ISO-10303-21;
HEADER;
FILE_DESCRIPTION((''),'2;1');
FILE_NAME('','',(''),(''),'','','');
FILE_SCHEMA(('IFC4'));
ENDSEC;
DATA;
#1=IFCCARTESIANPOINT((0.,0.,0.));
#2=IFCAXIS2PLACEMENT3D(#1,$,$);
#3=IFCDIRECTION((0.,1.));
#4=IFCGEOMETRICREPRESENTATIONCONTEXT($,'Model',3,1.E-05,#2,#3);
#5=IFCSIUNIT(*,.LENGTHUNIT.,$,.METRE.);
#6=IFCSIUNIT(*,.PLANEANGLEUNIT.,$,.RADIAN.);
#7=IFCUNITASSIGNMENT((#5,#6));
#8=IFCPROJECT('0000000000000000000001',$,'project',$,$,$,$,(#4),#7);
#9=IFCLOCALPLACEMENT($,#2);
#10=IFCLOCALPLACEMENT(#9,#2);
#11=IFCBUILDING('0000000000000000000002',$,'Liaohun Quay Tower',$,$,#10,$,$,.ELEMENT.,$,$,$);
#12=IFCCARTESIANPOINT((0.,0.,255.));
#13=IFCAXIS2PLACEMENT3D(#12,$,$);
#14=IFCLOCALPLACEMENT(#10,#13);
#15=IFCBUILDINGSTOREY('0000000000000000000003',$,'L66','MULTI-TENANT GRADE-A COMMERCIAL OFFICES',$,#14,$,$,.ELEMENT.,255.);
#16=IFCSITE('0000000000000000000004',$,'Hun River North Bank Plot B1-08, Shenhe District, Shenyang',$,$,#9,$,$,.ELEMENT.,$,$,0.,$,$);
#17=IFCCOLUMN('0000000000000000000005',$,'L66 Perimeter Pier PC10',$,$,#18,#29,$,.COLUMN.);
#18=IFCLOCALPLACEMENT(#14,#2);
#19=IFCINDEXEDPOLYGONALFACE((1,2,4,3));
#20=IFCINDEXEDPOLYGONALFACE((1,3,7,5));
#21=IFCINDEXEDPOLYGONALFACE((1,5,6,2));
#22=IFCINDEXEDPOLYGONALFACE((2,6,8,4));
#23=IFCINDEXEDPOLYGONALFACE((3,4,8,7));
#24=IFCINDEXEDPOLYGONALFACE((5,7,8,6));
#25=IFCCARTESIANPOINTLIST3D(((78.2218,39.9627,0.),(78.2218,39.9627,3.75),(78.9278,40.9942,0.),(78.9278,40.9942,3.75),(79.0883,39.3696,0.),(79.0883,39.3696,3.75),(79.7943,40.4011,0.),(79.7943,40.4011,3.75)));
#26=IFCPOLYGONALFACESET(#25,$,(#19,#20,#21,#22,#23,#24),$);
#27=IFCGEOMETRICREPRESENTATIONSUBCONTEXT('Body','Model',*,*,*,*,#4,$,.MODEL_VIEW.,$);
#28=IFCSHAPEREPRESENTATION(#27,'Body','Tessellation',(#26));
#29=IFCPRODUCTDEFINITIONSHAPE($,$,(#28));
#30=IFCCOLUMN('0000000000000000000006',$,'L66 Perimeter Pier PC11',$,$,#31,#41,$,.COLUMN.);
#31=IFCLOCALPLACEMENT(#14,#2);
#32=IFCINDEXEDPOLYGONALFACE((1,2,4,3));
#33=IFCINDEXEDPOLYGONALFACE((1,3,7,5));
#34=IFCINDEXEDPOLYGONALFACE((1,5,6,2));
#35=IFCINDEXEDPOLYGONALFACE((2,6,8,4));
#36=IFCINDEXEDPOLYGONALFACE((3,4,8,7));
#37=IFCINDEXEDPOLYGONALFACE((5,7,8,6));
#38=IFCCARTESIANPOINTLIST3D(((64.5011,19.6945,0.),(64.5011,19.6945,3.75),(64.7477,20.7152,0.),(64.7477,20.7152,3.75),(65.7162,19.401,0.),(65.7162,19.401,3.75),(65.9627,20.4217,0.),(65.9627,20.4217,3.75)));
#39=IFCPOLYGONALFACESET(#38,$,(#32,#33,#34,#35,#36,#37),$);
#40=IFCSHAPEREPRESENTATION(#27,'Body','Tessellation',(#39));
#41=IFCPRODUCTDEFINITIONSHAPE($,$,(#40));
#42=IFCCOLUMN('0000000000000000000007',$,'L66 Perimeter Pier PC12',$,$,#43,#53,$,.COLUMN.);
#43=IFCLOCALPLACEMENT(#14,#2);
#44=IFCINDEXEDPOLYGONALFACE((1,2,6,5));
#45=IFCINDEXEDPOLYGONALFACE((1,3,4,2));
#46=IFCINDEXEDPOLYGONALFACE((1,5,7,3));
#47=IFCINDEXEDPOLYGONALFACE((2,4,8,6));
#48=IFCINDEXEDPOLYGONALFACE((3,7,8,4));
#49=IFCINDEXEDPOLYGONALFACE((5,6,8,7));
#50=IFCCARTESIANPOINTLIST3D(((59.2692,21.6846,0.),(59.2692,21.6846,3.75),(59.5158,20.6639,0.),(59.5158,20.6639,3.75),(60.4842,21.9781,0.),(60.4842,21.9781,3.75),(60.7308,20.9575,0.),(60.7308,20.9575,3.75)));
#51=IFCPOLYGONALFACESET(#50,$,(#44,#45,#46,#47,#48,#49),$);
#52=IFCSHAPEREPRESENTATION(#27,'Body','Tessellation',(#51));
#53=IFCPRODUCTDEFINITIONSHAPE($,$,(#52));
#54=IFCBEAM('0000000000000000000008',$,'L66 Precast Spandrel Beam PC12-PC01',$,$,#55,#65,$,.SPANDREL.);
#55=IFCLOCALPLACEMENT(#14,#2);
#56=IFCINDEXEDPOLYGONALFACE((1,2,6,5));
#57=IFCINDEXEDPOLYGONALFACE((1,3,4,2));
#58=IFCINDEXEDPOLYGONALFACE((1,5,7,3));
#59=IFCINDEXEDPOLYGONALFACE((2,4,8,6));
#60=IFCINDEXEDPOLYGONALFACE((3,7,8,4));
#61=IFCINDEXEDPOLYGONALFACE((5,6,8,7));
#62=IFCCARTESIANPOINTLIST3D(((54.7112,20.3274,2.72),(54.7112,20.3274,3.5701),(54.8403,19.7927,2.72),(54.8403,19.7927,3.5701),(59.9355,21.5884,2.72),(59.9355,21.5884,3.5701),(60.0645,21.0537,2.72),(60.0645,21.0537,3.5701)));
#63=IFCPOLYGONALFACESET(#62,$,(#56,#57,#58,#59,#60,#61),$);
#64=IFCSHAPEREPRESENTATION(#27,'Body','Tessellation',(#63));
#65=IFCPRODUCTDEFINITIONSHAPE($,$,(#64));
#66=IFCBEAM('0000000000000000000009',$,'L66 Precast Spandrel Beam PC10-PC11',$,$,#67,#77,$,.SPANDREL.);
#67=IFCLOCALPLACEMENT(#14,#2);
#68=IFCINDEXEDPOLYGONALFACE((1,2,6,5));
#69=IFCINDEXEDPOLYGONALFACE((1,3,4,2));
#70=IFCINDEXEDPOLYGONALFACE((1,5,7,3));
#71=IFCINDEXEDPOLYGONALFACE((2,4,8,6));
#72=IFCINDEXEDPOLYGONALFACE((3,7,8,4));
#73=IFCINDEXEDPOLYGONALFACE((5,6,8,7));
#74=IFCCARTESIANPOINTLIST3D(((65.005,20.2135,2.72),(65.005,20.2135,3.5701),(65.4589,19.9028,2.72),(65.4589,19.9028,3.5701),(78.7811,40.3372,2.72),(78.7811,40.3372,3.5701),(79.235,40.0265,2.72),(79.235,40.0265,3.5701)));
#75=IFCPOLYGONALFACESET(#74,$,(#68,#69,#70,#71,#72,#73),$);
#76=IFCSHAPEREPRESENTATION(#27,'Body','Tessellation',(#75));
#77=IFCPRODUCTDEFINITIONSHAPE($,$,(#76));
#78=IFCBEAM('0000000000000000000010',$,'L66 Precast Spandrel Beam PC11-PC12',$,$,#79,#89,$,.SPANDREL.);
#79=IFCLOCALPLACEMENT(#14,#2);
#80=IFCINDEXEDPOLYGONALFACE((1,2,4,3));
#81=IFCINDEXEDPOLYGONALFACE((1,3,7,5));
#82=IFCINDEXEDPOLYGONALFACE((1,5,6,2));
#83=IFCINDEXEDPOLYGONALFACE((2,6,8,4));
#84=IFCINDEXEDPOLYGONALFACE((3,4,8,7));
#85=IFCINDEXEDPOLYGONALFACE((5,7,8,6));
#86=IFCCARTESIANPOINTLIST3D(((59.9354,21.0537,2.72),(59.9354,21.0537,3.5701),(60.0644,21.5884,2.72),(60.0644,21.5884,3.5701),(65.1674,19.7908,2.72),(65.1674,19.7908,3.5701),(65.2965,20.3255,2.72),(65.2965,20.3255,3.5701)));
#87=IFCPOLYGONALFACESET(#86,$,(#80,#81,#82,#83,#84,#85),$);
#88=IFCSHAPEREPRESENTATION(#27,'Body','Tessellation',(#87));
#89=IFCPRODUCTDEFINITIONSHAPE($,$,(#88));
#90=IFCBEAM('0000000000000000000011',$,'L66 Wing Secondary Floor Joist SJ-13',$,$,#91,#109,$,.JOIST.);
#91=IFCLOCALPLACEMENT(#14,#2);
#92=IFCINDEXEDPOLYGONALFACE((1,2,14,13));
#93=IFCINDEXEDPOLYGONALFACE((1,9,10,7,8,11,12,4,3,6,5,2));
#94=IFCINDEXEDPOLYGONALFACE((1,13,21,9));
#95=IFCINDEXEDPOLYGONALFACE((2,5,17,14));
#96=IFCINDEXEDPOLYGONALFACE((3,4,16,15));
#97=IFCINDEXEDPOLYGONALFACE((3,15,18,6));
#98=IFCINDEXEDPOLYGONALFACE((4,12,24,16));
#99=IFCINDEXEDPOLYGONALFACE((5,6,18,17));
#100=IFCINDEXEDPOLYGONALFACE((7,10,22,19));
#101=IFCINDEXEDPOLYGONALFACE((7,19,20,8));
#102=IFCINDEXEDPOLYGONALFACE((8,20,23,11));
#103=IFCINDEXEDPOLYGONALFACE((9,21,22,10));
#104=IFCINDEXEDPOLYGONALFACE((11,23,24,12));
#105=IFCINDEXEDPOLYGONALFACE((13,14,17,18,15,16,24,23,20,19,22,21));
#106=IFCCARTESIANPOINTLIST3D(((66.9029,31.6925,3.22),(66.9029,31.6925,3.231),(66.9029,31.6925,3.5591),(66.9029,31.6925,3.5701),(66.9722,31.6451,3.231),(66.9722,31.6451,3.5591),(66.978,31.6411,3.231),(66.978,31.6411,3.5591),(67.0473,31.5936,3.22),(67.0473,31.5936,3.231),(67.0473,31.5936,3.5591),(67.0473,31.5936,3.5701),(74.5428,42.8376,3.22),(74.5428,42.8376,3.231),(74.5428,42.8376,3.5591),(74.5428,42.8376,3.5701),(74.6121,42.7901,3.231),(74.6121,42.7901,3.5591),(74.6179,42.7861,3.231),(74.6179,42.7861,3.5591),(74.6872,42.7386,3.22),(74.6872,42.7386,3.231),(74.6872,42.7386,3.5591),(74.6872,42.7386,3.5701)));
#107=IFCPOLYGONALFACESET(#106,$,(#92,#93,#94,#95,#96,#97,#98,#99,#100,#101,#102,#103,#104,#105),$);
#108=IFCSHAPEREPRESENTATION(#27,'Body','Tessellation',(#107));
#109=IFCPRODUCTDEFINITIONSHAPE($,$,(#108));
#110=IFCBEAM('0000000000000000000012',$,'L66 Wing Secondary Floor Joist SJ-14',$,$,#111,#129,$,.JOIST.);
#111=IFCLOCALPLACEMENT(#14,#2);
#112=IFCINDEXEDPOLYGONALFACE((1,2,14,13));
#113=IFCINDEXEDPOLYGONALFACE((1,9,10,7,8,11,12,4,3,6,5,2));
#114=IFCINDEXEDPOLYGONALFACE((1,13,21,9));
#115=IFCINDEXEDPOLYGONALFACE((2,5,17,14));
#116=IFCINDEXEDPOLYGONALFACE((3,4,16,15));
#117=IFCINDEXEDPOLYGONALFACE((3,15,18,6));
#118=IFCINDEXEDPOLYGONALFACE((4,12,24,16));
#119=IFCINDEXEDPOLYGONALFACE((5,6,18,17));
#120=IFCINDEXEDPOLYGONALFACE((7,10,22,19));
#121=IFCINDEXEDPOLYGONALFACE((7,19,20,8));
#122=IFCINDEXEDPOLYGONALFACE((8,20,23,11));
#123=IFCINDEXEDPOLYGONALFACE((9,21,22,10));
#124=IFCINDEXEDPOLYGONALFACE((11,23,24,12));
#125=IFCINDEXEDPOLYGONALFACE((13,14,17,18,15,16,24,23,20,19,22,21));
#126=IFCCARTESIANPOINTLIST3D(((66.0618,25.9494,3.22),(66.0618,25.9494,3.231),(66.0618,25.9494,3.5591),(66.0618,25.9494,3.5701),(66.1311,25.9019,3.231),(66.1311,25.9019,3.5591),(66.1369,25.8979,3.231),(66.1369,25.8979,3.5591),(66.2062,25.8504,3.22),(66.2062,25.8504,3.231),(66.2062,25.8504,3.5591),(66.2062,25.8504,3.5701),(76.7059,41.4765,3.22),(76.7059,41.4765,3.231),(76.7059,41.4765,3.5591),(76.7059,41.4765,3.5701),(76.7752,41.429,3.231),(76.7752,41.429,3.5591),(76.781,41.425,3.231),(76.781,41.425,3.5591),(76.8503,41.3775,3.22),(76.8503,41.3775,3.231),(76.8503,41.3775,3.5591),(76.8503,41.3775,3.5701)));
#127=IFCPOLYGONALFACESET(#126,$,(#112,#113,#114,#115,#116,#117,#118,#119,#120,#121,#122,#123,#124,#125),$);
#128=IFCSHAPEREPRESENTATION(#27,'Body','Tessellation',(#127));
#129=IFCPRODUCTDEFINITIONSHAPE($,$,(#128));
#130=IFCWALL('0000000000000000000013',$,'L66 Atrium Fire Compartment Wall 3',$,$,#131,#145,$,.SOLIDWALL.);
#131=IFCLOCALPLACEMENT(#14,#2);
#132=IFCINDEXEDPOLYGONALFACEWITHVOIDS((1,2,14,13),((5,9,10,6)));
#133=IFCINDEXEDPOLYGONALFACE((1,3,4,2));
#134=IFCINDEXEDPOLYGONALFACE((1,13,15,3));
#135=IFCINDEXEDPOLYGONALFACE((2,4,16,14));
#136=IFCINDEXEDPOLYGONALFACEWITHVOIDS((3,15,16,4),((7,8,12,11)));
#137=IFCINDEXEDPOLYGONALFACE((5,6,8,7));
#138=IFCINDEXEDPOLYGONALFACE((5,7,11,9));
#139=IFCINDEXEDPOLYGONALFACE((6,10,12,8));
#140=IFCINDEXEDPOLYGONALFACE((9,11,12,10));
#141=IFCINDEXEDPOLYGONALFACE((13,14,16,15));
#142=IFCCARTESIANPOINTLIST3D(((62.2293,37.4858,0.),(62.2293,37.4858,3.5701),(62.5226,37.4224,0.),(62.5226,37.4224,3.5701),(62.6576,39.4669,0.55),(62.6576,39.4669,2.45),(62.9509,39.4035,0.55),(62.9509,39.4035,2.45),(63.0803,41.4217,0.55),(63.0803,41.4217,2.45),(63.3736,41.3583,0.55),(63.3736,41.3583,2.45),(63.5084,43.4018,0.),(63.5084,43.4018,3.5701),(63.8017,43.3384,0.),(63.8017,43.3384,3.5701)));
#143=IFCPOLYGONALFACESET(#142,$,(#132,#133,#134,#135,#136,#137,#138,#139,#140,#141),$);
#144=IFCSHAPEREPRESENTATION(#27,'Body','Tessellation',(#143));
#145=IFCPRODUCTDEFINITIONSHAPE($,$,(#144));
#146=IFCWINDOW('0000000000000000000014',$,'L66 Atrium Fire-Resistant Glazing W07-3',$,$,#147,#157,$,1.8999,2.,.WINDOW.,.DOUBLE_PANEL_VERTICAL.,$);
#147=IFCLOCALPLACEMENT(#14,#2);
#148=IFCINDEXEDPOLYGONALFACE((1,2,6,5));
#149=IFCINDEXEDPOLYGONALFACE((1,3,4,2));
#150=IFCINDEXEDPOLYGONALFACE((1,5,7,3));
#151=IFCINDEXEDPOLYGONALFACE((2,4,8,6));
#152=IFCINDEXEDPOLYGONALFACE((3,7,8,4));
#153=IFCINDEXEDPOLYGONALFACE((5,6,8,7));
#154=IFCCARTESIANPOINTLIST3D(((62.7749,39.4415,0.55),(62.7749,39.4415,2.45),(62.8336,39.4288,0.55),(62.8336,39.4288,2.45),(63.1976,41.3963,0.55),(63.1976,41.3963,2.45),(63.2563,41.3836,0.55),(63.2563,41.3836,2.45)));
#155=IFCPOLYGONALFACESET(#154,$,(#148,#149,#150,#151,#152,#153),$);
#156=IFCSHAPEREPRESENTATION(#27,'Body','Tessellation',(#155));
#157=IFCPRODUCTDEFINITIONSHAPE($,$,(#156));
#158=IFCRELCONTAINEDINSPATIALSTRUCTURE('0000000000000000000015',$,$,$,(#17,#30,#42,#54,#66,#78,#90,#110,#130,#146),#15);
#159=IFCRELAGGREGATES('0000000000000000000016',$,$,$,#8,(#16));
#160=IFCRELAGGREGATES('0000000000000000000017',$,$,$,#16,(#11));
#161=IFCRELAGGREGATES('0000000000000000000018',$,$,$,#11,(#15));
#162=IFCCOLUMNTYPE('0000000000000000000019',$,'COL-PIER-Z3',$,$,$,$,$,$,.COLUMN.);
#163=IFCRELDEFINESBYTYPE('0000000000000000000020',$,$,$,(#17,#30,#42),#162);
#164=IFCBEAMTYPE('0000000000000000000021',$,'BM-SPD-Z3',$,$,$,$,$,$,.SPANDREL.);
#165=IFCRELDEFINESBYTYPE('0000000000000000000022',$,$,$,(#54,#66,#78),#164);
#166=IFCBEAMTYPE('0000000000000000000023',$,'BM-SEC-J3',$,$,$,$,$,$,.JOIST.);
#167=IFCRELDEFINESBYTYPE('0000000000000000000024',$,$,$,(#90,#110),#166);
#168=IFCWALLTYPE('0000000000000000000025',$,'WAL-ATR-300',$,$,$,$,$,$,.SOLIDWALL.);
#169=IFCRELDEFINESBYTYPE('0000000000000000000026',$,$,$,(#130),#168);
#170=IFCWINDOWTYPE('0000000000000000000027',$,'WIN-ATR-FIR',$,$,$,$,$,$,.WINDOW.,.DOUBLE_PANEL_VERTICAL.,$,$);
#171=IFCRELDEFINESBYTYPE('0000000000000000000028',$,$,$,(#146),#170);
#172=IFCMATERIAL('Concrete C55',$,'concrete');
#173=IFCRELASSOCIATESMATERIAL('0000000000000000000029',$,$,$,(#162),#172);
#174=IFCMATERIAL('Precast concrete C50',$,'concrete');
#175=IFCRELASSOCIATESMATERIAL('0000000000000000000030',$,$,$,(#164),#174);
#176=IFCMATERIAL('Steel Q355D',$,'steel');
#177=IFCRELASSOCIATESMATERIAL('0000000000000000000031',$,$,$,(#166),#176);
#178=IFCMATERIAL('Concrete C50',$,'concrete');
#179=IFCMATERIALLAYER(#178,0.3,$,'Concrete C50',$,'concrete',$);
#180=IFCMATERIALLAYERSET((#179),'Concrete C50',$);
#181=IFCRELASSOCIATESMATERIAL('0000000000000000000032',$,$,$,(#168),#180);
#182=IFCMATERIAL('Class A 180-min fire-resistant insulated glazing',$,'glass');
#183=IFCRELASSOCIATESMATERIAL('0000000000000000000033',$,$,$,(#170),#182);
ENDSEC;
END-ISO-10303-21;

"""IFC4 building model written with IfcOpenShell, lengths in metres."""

from ifc_helpers import new_model, si_unit, direction, frame, frame_2d, origin, origin_2d, place, context, subcontext, project, spatial, rectangle, i_section, extrude, source, transform, mapped, material, layer, layer_set, material_profile, profile_set, type_object, element, fill, save


model = new_model("IFC4")

# Units and contexts
model_context = context("Model", 3, precision=1e-05, world=origin(), true_north=direction((0.0, 1.0)))
body_context = subcontext(model_context, "Body", "Model", "MODEL_VIEW")
ifc_project = project(units=[si_unit("LENGTHUNIT", "METRE"), si_unit("PLANEANGLEUNIT", "RADIAN")], contexts=[model_context])

# Site, building, storey
site_placement = place(None, origin())
site = spatial("IfcSite", under=ifc_project, at=site_placement, Name="Hun River North Bank Plot B1-08, Shenhe District, Shenyang", CompositionType="ELEMENT", RefElevation=0.0)
building_placement = place(site_placement, origin())
building = spatial("IfcBuilding", under=site, at=building_placement, Name="Liaohun Quay Tower", CompositionType="ELEMENT")
storey_placement = place(building_placement, frame((0.0, 0.0, 255.0)))
storey = spatial("IfcBuildingStorey", under=building, at=storey_placement, Name="L66", Description="MULTI-TENANT GRADE-A COMMERCIAL OFFICES", CompositionType="ELEMENT", Elevation=255.0)

# Columns
ifc_material_1 = material(Name="Concrete C55", Category="concrete")
ifc_material_profile_1 = material_profile(ifc_material_1, rectangle(XDim=1.25, YDim=1.05, at=origin_2d()), Name="RC1250x1050")
ifc_profile_set_1 = profile_set([ifc_material_profile_1], Name="Concrete C55")
column_type = type_object("IfcColumnType", Name="COL-PIER-Z3", PredefinedType="COLUMN", material=ifc_profile_set_1)
shared_shape_1 = source(origin(), body_context, "Body", "SweptSolid", [
    extrude(rectangle(XDim=1.25, YDim=1.05, at=origin_2d()), origin(), (0.0, 0.0, 1.0), 3.75),
])
for number, where, z_axis, x_axis, name in (
    (1, (79.0081, 40.1819, 0.0), (0.0, 0.0, 1.0), (0.564823, 0.825212, 0.0), "L66 Perimeter Pier PC10"),
    (2, (65.2319, 20.0581, 0.0), (0.0, 0.0, 1.0), (-0.972043, 0.234803, 0.0), "L66 Perimeter Pier PC11"),
    (3, (60.0, 21.321, 0.0), (0.0, 0.0, 1.0), (0.972043, 0.234803, 0.0), "L66 Perimeter Pier PC12"),
):
    element("IfcColumn", number, at=place(storey_placement, frame(where, z_axis=z_axis, x_axis=x_axis)), inside=storey, type_object=column_type, Name=name, PredefinedType="COLUMN", context=body_context, shape_type="MappedRepresentation", body=[
        mapped(shared_shape_1, transform((0.0, 0.0, 0.0), x_axis=(1.0, 0.0, 0.0), y_axis=(0.0, 1.0, 0.0), z_axis=(0.0, 0.0, 1.0), scale=1.0)),
    ])

# Beams
ifc_material_2 = material(Name="Precast concrete C50", Category="concrete")
ifc_material_profile_2 = material_profile(ifc_material_2, rectangle(XDim=0.55, YDim=0.8501, at=origin_2d()), Name="RC550x850")
ifc_profile_set_2 = profile_set([ifc_material_profile_2], Name="Precast concrete C50")
beam_type_1 = type_object("IfcBeamType", Name="BM-SPD-Z3", PredefinedType="SPANDREL", material=ifc_profile_set_2)
shared_shape_2 = source(origin(), body_context, "Body", "SweptSolid", [
    extrude(rectangle(XDim=0.55, YDim=0.8501, at=origin_2d()), origin(), (0.0, 0.0, 1.0), 5.3743),
])
beam_1_placement = place(storey_placement, frame((60.0, 21.321, 3.145), z_axis=(-0.972083, -0.234639, 0.0), x_axis=(0.234639, -0.972083, 0.0)))
element("IfcBeam", 4, at=beam_1_placement, inside=storey, type_object=beam_type_1, Name="L66 Precast Spandrel Beam PC12-PC01", PredefinedType="SPANDREL", context=body_context, shape_type="MappedRepresentation", body=[
    mapped(shared_shape_2, transform((0.0, 0.0, 0.0), x_axis=(1.0, 0.0, 0.0), y_axis=(0.0, 1.0, 0.0), z_axis=(0.0, 0.0, 1.0), scale=1.0)),
])
shared_shape_3 = source(origin(), body_context, "Body", "SweptSolid", [
    extrude(rectangle(XDim=0.55, YDim=0.8501, at=origin_2d()), origin(), (0.0, 0.0, 1.0), 24.3875),
])
beam_2_placement = place(storey_placement, frame((79.0081, 40.1819, 3.145), z_axis=(-0.564886, -0.825169, 0.0), x_axis=(0.825169, -0.564886, 0.0)))
element("IfcBeam", 5, at=beam_2_placement, inside=storey, type_object=beam_type_1, Name="L66 Precast Spandrel Beam PC10-PC11", PredefinedType="SPANDREL", context=body_context, shape_type="MappedRepresentation", body=[
    mapped(shared_shape_3, transform((0.0, 0.0, 0.0), x_axis=(1.0, 0.0, 0.0), y_axis=(0.0, 1.0, 0.0), z_axis=(0.0, 0.0, 1.0), scale=1.0)),
])
shared_shape_4 = source(origin(), body_context, "Body", "SweptSolid", [
    extrude(rectangle(XDim=0.55, YDim=0.8501, at=origin_2d()), origin(), (0.0, 0.0, 1.0), 5.3823),
])
beam_3_placement = place(storey_placement, frame((65.2319, 20.0581, 3.145), z_axis=(-0.97208, 0.234651, 0.0), x_axis=(-0.234651, -0.97208, 0.0)))
element("IfcBeam", 6, at=beam_3_placement, inside=storey, type_object=beam_type_1, Name="L66 Precast Spandrel Beam PC11-PC12", PredefinedType="SPANDREL", context=body_context, shape_type="MappedRepresentation", body=[
    mapped(shared_shape_4, transform((0.0, 0.0, 0.0), x_axis=(1.0, 0.0, 0.0), y_axis=(0.0, 1.0, 0.0), z_axis=(0.0, 0.0, 1.0), scale=1.0)),
])
ifc_material_3 = material(Name="Steel Q355D", Category="steel")
ifc_material_profile_3 = material_profile(ifc_material_3, i_section(OverallWidth=0.175, OverallDepth=0.3501, WebThickness=0.0071, FlangeThickness=0.011, at=origin_2d()), Name="HN350x175x7x11")
ifc_profile_set_3 = profile_set([ifc_material_profile_3], Name="Steel Q355D")
beam_type_2 = type_object("IfcBeamType", Name="BM-SEC-J3", PredefinedType="JOIST", material=ifc_profile_set_3)
shared_shape_5 = source(origin(), body_context, "Body", "SweptSolid", [
    extrude(i_section(OverallWidth=0.175, OverallDepth=0.3501, WebThickness=0.0071, FlangeThickness=0.011, at=origin_2d()), origin(), (0.0, 0.0, 1.0), 13.5122),
])
beam_4_placement = place(storey_placement, frame((74.615, 42.7881, 3.395), z_axis=(-0.565407, -0.824812, 0.0), x_axis=(0.824812, -0.565407, 0.0)))
element("IfcBeam", 7, at=beam_4_placement, inside=storey, type_object=beam_type_2, Name="L66 Wing Secondary Floor Joist SJ-13", PredefinedType="JOIST", context=body_context, shape_type="MappedRepresentation", body=[
    mapped(shared_shape_5, transform((0.0, 0.0, 0.0), x_axis=(1.0, 0.0, 0.0), y_axis=(0.0, 1.0, 0.0), z_axis=(0.0, 0.0, 1.0), scale=1.0)),
])
shared_shape_6 = source(origin(), body_context, "Body", "SweptSolid", [
    extrude(i_section(OverallWidth=0.175, OverallDepth=0.3501, WebThickness=0.0071, FlangeThickness=0.011, at=origin_2d()), origin(), (0.0, 0.0, 1.0), 18.8252),
])
beam_5_placement = place(storey_placement, frame((76.7781, 41.427, 3.395), z_axis=(-0.565416, -0.824806, 0.0), x_axis=(0.824806, -0.565416, 0.0)))
element("IfcBeam", 8, at=beam_5_placement, inside=storey, type_object=beam_type_2, Name="L66 Wing Secondary Floor Joist SJ-14", PredefinedType="JOIST", context=body_context, shape_type="MappedRepresentation", body=[
    mapped(shared_shape_6, transform((0.0, 0.0, 0.0), x_axis=(1.0, 0.0, 0.0), y_axis=(0.0, 1.0, 0.0), z_axis=(0.0, 0.0, 1.0), scale=1.0)),
])

# Wall, opening, window
ifc_material_4 = material(Name="Concrete C50", Category="concrete")
ifc_layer_1 = layer(ifc_material_4, 0.3, Name="Concrete C50", Category="concrete")
ifc_layer_set_1 = layer_set([ifc_layer_1], Name="Concrete C50")
wall_type_1 = type_object("IfcWallType", Name="WAL-ATR-300", PredefinedType="SOLIDWALL", material=ifc_layer_set_1)
wall_1_placement = place(storey_placement, frame((63.655, 43.3701, 0.0), z_axis=(0.0, 0.0, 1.0), x_axis=(-0.211319, -0.977417, 0.0)))
wall_1 = element("IfcWall", 9, at=wall_1_placement, inside=storey, type_object=wall_type_1, Name="L66 Atrium Fire Compartment Wall 3", PredefinedType="SOLIDWALL", context=body_context, shape_type="SweptSolid", body=[
    extrude(rectangle(XDim=6.0527, YDim=0.3, at=frame_2d((3.0264, 0.0))), origin(), (0.0, 0.0, 1.0), 3.5701),
])
shared_shape_7 = source(origin(), body_context, "Body", "SweptSolid", [
    extrude(rectangle(XDim=2.0, YDim=1.8999, at=frame_2d((1.0, 0.95))), frame((0.0, 0.1599, 0.0), z_axis=(0.0, -1.0, 0.0), x_axis=(1.0, 0.0, 0.0)), (0.0, 0.0, 1.0), 0.3201),
])
opening_1_placement = place(wall_1_placement, frame((2.0259, 0.0, 0.55)))
opening_1 = element("IfcOpeningElement", 10, at=opening_1_placement, cuts=wall_1, PredefinedType="OPENING", context=body_context, shape_type="MappedRepresentation", body=[
    mapped(shared_shape_7, transform((0.0, 0.0, 0.0), x_axis=(1.0, 0.0, 0.0), y_axis=(0.0, 1.0, 0.0), z_axis=(0.0, 0.0, 1.0), scale=1.0)),
])
ifc_material_5 = material(Name="Class A 180-min fire-resistant insulated glazing", Category="glass")
window_type_1 = type_object("IfcWindowType", Name="WIN-ATR-FIR", PartitioningType="DOUBLE_PANEL_VERTICAL", PredefinedType="WINDOW", material=ifc_material_5)
shared_shape_8 = source(origin(), body_context, "Body", "SweptSolid", [
    extrude(rectangle(XDim=2.0, YDim=1.8999, at=frame_2d((1.0, 0.95))), frame((0.0, 0.03, 0.0), z_axis=(0.0, -1.0, 0.0), x_axis=(1.0, 0.0, 0.0)), (0.0, 0.0, 1.0), 0.0601),
])
window_1_placement = place(opening_1_placement, origin())
window_1 = element("IfcWindow", 11, at=window_1_placement, inside=storey, type_object=window_type_1, Name="L66 Atrium Fire-Resistant Glazing W07-3", OverallHeight=1.8999, OverallWidth=2.0, PartitioningType="DOUBLE_PANEL_VERTICAL", PredefinedType="WINDOW", context=body_context, shape_type="MappedRepresentation", body=[
    mapped(shared_shape_8, transform((0.0, 0.0, 0.0), x_axis=(1.0, 0.0, 0.0), y_axis=(0.0, 1.0, 0.0), z_axis=(0.0, 0.0, 1.0), scale=1.0)),
])
fill(opening_1, window_1)

save(model, "model.ifc")
